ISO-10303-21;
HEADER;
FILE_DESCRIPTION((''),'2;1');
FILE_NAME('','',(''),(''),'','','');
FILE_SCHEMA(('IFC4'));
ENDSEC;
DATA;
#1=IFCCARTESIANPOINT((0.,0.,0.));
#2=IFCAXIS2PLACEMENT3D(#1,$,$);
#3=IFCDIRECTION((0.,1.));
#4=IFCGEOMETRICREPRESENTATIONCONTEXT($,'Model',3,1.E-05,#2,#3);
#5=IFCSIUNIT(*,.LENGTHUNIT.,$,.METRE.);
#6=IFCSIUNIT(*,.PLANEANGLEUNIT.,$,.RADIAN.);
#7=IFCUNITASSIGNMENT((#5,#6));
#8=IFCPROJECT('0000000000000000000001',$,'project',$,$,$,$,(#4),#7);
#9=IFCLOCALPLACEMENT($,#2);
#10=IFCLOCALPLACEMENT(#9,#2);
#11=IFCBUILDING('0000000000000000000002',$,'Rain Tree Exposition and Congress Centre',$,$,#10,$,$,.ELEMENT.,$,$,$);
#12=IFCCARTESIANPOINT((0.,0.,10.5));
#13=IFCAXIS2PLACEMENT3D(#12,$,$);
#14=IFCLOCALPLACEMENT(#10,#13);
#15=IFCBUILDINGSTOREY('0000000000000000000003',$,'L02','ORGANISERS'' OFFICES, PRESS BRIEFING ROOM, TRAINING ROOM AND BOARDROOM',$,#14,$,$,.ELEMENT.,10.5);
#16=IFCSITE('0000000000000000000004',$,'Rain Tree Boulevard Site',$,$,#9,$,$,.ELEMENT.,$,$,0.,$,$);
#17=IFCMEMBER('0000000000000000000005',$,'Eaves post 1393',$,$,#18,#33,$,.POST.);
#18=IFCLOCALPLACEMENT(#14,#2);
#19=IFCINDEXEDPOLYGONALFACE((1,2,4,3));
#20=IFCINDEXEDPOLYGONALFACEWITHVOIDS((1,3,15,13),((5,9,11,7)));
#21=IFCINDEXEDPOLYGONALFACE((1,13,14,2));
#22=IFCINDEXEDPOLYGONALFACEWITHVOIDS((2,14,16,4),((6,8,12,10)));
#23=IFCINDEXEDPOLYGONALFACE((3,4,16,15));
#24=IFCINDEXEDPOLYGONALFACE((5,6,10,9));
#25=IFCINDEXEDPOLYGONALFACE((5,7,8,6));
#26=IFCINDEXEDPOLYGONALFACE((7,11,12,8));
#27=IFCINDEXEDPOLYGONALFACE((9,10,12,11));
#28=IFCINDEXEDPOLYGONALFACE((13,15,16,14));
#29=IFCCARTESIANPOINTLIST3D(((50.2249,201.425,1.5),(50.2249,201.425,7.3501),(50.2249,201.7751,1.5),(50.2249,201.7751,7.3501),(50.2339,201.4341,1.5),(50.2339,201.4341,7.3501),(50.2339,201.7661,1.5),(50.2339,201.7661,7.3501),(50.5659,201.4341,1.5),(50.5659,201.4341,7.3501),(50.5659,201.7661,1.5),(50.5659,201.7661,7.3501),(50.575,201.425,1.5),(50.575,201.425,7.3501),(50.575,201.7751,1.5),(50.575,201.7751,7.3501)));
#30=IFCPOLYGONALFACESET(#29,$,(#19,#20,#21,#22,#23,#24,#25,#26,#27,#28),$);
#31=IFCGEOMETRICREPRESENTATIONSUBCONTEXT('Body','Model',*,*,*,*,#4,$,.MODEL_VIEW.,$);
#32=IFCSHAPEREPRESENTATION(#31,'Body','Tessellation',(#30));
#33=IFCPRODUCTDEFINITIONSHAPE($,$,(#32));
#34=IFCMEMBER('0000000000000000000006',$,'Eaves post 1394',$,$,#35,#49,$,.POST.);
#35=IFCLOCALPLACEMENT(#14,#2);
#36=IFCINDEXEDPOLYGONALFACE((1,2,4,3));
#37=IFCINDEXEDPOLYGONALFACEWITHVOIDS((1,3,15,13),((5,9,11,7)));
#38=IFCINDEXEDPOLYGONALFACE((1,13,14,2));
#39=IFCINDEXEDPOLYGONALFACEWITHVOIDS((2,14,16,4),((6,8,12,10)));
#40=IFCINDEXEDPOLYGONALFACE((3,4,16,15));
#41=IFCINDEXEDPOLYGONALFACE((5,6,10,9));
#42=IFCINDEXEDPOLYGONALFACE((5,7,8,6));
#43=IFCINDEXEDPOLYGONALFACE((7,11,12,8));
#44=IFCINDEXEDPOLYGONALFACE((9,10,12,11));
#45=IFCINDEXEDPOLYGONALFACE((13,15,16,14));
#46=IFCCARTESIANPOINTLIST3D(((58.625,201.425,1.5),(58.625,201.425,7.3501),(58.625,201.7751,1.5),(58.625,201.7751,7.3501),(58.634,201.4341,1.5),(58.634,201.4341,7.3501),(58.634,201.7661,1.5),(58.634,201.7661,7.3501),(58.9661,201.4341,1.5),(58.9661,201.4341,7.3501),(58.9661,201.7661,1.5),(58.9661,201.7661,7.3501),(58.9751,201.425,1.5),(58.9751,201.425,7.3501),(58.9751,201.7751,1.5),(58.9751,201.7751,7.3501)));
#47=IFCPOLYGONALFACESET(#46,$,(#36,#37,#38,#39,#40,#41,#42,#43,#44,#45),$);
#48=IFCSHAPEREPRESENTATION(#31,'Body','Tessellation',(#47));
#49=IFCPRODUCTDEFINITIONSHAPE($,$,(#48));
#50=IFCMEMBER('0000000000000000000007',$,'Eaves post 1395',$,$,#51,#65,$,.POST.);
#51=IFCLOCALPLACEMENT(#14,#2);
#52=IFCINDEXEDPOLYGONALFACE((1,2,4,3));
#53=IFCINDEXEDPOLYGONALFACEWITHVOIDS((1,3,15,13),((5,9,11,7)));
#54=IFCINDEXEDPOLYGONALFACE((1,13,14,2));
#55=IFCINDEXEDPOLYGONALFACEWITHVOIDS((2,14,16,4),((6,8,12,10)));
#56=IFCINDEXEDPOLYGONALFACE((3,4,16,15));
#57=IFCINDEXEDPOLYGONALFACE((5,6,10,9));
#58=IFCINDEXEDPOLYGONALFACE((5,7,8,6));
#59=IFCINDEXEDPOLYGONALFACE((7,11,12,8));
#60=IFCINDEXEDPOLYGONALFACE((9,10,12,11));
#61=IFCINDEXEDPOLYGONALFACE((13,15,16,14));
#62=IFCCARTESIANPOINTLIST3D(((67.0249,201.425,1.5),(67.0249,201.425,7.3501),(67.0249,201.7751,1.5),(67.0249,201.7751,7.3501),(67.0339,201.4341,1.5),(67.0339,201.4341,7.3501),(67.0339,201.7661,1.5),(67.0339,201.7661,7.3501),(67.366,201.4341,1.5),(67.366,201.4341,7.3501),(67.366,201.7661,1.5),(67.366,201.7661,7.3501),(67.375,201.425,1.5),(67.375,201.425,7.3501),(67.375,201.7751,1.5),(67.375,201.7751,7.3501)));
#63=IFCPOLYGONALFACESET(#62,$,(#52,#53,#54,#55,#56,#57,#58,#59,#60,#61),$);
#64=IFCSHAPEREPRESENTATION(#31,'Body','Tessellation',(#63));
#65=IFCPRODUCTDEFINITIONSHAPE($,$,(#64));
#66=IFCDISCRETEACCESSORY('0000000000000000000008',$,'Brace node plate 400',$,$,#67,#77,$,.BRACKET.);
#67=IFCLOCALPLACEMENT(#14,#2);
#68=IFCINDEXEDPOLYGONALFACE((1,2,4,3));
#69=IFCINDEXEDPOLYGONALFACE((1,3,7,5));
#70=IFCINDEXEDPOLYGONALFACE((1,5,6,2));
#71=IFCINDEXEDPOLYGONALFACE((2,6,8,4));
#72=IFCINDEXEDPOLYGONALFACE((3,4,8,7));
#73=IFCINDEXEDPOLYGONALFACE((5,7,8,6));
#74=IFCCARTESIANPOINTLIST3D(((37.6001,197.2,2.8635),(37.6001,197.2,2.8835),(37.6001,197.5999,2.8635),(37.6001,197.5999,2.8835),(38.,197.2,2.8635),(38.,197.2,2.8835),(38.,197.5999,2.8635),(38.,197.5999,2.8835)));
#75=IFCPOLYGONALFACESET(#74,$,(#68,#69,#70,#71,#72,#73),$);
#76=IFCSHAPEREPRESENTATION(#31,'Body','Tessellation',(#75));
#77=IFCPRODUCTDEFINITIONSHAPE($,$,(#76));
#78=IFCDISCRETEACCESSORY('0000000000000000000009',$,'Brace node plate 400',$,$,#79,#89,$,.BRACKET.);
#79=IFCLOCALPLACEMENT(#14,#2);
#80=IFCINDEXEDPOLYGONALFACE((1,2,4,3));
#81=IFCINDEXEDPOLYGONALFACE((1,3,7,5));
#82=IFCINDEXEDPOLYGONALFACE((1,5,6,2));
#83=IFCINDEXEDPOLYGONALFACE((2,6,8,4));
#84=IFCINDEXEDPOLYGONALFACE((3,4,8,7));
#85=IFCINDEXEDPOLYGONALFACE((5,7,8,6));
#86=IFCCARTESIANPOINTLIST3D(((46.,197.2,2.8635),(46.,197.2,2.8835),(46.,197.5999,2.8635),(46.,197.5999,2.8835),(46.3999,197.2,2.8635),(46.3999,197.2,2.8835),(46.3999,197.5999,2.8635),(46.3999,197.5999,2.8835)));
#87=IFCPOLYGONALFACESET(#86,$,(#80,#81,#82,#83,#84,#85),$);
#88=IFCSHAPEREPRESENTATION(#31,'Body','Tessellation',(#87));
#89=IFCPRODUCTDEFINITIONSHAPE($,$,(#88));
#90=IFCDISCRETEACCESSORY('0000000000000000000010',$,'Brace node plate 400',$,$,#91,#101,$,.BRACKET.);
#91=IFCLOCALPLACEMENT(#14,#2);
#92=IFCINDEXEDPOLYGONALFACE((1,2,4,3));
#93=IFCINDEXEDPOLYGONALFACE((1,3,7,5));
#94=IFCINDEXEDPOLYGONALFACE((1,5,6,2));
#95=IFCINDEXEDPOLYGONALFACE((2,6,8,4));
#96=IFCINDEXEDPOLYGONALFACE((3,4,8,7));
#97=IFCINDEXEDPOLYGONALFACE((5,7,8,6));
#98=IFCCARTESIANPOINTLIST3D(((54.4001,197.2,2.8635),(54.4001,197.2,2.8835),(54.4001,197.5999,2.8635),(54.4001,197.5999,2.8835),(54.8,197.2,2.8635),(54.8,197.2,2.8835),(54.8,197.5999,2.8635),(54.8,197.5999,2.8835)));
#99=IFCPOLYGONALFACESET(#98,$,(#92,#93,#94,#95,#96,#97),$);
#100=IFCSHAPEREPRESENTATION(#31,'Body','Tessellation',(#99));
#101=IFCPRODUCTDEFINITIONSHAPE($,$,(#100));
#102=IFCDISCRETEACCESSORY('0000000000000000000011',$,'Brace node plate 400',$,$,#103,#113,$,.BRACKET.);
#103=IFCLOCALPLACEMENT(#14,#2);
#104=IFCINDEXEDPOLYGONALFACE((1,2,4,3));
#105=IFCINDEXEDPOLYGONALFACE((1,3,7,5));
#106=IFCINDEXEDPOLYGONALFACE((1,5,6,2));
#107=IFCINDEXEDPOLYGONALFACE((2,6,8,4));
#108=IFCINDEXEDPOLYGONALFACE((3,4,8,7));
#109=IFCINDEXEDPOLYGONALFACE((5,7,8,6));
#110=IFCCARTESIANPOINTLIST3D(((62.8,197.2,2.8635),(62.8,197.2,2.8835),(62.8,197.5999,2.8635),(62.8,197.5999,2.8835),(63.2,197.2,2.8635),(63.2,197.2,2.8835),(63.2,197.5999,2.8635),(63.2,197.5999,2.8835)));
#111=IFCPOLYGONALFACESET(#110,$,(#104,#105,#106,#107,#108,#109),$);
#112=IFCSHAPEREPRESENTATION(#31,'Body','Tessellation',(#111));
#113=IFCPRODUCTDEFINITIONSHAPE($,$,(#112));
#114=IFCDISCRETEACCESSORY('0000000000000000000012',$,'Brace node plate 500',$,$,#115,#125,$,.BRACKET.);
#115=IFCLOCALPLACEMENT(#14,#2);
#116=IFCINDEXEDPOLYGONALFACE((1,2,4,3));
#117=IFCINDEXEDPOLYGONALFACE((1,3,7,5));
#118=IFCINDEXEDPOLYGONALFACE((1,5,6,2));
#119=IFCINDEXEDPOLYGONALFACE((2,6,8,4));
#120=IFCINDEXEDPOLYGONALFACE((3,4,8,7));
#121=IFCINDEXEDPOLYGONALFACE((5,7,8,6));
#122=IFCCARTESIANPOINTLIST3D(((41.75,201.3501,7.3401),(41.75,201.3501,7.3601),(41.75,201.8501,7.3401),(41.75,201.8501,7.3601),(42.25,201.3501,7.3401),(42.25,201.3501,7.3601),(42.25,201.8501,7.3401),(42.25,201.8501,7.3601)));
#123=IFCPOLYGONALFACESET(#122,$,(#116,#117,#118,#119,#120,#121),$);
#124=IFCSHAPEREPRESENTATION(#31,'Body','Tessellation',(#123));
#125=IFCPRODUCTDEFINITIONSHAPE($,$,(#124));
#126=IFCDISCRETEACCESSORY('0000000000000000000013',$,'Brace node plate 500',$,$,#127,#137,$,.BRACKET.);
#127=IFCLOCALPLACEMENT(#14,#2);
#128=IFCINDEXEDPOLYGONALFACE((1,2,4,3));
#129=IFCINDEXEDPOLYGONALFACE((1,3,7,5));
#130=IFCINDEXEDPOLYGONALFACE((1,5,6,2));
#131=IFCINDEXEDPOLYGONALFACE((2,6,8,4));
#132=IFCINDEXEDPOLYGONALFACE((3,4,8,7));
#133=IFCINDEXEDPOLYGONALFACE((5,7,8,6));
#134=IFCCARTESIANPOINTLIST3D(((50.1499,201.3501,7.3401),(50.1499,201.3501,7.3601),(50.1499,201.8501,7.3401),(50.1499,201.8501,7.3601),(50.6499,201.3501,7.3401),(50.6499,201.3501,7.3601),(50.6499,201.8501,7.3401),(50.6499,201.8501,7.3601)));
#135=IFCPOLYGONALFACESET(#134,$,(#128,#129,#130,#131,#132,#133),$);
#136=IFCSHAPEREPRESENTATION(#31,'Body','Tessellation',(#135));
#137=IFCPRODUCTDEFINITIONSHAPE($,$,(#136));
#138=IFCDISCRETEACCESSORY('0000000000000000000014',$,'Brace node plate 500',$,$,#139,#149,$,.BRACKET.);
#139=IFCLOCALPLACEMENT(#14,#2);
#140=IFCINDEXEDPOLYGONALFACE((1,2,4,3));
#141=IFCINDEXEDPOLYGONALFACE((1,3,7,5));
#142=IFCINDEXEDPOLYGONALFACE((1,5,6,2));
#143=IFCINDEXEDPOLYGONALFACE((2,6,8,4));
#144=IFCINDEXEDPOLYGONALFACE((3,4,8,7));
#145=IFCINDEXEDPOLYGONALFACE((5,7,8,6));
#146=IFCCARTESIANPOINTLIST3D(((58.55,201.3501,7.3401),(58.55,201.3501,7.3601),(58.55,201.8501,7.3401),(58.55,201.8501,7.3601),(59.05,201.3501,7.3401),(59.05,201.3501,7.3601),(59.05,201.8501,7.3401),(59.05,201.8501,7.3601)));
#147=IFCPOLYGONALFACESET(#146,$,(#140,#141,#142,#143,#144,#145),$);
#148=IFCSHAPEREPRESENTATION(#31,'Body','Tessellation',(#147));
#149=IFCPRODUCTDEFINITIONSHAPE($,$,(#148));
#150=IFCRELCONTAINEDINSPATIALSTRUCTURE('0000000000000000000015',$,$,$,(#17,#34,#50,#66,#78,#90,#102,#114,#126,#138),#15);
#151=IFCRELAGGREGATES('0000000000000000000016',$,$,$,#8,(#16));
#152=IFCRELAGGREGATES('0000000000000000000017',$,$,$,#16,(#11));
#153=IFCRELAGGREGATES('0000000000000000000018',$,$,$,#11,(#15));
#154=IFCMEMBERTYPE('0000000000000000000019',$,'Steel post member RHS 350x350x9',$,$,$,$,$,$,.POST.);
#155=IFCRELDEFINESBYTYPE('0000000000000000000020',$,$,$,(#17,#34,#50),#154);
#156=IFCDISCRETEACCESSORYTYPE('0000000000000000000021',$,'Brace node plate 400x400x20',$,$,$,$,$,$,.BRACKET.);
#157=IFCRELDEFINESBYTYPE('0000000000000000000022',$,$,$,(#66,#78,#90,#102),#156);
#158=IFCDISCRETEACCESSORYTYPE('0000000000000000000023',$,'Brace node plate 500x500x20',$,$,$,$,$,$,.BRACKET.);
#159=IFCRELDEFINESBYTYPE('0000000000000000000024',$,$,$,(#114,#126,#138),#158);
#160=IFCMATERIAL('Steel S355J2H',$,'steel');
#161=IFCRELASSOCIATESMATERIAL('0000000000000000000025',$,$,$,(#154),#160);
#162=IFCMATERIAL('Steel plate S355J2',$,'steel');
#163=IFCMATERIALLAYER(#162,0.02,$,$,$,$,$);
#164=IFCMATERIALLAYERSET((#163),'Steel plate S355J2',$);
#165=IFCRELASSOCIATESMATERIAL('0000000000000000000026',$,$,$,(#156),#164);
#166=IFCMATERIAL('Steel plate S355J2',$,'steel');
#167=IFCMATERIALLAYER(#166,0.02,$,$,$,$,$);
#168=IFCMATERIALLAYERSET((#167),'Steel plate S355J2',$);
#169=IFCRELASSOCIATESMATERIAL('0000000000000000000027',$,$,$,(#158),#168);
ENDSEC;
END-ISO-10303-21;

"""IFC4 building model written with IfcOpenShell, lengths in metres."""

from ifc_helpers import new_model, si_unit, direction, frame, origin, origin_2d, place, context, subcontext, project, spatial, rectangle, hollow_rectangle, extrude, material, layer, layer_set, material_profile, profile_set, type_object, element, save


model = new_model("IFC4")

# Units and contexts
model_context = context("Model", 3, precision=1e-05, world=origin(), true_north=direction((0.0, 1.0)))
body_context = subcontext(model_context, "Body", "Model", "MODEL_VIEW")
ifc_project = project(units=[si_unit("LENGTHUNIT", "METRE"), si_unit("PLANEANGLEUNIT", "RADIAN")], contexts=[model_context])

# Site, building, storey
site_placement = place(None, origin())
site = spatial("IfcSite", under=ifc_project, at=site_placement, Name="Rain Tree Boulevard Site", CompositionType="ELEMENT", RefElevation=0.0)
building_placement = place(site_placement, origin())
building = spatial("IfcBuilding", under=site, at=building_placement, Name="Rain Tree Exposition and Congress Centre", CompositionType="ELEMENT")
storey_placement = place(building_placement, frame((0.0, 0.0, 10.5)))
storey = spatial("IfcBuildingStorey", under=building, at=storey_placement, Name="L02", Description="ORGANISERS' OFFICES, PRESS BRIEFING ROOM, TRAINING ROOM AND BOARDROOM", CompositionType="ELEMENT", Elevation=10.5)

# Members
ifc_material_1 = material(Name="Steel S355J2H", Category="steel")
ifc_material_profile_1 = material_profile(ifc_material_1, hollow_rectangle(XDim=0.3501, YDim=0.3501, WallThickness=0.009, at=origin_2d()), Name="RHS 350x350x9")
ifc_profile_set_1 = profile_set([ifc_material_profile_1], Name="Steel S355J2H")
member_type_1 = type_object("IfcMemberType", Name="Steel post member RHS 350x350x9", PredefinedType="POST", material=ifc_profile_set_1)
for number, where, z_axis, x_axis, name in (
    (1, (50.3999, 201.6001, 1.5), (0.0, 0.0, 1.0), (1.0, 0.0, 0.0), "Eaves post 1393"),
    (2, (58.8, 201.6001, 1.5), (0.0, 0.0, 1.0), (1.0, 0.0, 0.0), "Eaves post 1394"),
    (3, (67.2, 201.6001, 1.5), (0.0, 0.0, 1.0), (1.0, 0.0, 0.0), "Eaves post 1395"),
):
    element("IfcMember", number, at=place(storey_placement, frame(where, z_axis=z_axis, x_axis=x_axis)), inside=storey, type_object=member_type_1, Name=name, PredefinedType="POST", context=body_context, shape_type="SweptSolid", body=[
        extrude(hollow_rectangle(XDim=0.3501, YDim=0.3501, WallThickness=0.009, at=origin_2d()), origin(), (0.0, 0.0, 1.0), 5.8501),
    ])

# Discrete accessories
ifc_material_2 = material(Name="Steel plate S355J2", Category="steel")
ifc_layer_1 = layer(ifc_material_2, 0.02)
ifc_layer_set_1 = layer_set([ifc_layer_1], Name="Steel plate S355J2")
discrete_accessory_type_1 = type_object("IfcDiscreteAccessoryType", Name="Brace node plate 400x400x20", PredefinedType="BRACKET", material=ifc_layer_set_1)
for number, where, z_axis, x_axis, name in (
    (4, (37.8, 197.3999, 2.8635), (0.0, 0.0, 1.0), (1.0, 0.0, 0.0), "Brace node plate 400"),
    (5, (46.2, 197.3999, 2.8635), (0.0, 0.0, 1.0), (1.0, 0.0, 0.0), "Brace node plate 400"),
    (6, (54.6001, 197.3999, 2.8635), (0.0, 0.0, 1.0), (1.0, 0.0, 0.0), "Brace node plate 400"),
    (7, (63.0, 197.3999, 2.8635), (0.0, 0.0, 1.0), (1.0, 0.0, 0.0), "Brace node plate 400"),
):
    element("IfcDiscreteAccessory", number, at=place(storey_placement, frame(where, z_axis=z_axis, x_axis=x_axis)), inside=storey, type_object=discrete_accessory_type_1, Name=name, PredefinedType="BRACKET", context=body_context, shape_type="SweptSolid", body=[
        extrude(rectangle(XDim=0.3999, YDim=0.3999, at=origin_2d()), origin(), (0.0, 0.0, 1.0), 0.02),
    ])
ifc_material_3 = material(Name="Steel plate S355J2", Category="steel")
ifc_layer_2 = layer(ifc_material_3, 0.02)
ifc_layer_set_2 = layer_set([ifc_layer_2], Name="Steel plate S355J2")
discrete_accessory_type_2 = type_object("IfcDiscreteAccessoryType", Name="Brace node plate 500x500x20", PredefinedType="BRACKET", material=ifc_layer_set_2)
for number, where, z_axis, x_axis, name in (
    (8, (42.0, 201.6001, 7.3401), (0.0, 0.0, 1.0), (1.0, 0.0, 0.0), "Brace node plate 500"),
    (9, (50.3999, 201.6001, 7.3401), (0.0, 0.0, 1.0), (1.0, 0.0, 0.0), "Brace node plate 500"),
    (10, (58.8, 201.6001, 7.3401), (0.0, 0.0, 1.0), (1.0, 0.0, 0.0), "Brace node plate 500"),
):
    element("IfcDiscreteAccessory", number, at=place(storey_placement, frame(where, z_axis=z_axis, x_axis=x_axis)), inside=storey, type_object=discrete_accessory_type_2, Name=name, PredefinedType="BRACKET", context=body_context, shape_type="SweptSolid", body=[
        extrude(rectangle(XDim=0.5, YDim=0.5, at=origin_2d()), origin(), (0.0, 0.0, 1.0), 0.02),
    ])

save(model, "model.ifc")
